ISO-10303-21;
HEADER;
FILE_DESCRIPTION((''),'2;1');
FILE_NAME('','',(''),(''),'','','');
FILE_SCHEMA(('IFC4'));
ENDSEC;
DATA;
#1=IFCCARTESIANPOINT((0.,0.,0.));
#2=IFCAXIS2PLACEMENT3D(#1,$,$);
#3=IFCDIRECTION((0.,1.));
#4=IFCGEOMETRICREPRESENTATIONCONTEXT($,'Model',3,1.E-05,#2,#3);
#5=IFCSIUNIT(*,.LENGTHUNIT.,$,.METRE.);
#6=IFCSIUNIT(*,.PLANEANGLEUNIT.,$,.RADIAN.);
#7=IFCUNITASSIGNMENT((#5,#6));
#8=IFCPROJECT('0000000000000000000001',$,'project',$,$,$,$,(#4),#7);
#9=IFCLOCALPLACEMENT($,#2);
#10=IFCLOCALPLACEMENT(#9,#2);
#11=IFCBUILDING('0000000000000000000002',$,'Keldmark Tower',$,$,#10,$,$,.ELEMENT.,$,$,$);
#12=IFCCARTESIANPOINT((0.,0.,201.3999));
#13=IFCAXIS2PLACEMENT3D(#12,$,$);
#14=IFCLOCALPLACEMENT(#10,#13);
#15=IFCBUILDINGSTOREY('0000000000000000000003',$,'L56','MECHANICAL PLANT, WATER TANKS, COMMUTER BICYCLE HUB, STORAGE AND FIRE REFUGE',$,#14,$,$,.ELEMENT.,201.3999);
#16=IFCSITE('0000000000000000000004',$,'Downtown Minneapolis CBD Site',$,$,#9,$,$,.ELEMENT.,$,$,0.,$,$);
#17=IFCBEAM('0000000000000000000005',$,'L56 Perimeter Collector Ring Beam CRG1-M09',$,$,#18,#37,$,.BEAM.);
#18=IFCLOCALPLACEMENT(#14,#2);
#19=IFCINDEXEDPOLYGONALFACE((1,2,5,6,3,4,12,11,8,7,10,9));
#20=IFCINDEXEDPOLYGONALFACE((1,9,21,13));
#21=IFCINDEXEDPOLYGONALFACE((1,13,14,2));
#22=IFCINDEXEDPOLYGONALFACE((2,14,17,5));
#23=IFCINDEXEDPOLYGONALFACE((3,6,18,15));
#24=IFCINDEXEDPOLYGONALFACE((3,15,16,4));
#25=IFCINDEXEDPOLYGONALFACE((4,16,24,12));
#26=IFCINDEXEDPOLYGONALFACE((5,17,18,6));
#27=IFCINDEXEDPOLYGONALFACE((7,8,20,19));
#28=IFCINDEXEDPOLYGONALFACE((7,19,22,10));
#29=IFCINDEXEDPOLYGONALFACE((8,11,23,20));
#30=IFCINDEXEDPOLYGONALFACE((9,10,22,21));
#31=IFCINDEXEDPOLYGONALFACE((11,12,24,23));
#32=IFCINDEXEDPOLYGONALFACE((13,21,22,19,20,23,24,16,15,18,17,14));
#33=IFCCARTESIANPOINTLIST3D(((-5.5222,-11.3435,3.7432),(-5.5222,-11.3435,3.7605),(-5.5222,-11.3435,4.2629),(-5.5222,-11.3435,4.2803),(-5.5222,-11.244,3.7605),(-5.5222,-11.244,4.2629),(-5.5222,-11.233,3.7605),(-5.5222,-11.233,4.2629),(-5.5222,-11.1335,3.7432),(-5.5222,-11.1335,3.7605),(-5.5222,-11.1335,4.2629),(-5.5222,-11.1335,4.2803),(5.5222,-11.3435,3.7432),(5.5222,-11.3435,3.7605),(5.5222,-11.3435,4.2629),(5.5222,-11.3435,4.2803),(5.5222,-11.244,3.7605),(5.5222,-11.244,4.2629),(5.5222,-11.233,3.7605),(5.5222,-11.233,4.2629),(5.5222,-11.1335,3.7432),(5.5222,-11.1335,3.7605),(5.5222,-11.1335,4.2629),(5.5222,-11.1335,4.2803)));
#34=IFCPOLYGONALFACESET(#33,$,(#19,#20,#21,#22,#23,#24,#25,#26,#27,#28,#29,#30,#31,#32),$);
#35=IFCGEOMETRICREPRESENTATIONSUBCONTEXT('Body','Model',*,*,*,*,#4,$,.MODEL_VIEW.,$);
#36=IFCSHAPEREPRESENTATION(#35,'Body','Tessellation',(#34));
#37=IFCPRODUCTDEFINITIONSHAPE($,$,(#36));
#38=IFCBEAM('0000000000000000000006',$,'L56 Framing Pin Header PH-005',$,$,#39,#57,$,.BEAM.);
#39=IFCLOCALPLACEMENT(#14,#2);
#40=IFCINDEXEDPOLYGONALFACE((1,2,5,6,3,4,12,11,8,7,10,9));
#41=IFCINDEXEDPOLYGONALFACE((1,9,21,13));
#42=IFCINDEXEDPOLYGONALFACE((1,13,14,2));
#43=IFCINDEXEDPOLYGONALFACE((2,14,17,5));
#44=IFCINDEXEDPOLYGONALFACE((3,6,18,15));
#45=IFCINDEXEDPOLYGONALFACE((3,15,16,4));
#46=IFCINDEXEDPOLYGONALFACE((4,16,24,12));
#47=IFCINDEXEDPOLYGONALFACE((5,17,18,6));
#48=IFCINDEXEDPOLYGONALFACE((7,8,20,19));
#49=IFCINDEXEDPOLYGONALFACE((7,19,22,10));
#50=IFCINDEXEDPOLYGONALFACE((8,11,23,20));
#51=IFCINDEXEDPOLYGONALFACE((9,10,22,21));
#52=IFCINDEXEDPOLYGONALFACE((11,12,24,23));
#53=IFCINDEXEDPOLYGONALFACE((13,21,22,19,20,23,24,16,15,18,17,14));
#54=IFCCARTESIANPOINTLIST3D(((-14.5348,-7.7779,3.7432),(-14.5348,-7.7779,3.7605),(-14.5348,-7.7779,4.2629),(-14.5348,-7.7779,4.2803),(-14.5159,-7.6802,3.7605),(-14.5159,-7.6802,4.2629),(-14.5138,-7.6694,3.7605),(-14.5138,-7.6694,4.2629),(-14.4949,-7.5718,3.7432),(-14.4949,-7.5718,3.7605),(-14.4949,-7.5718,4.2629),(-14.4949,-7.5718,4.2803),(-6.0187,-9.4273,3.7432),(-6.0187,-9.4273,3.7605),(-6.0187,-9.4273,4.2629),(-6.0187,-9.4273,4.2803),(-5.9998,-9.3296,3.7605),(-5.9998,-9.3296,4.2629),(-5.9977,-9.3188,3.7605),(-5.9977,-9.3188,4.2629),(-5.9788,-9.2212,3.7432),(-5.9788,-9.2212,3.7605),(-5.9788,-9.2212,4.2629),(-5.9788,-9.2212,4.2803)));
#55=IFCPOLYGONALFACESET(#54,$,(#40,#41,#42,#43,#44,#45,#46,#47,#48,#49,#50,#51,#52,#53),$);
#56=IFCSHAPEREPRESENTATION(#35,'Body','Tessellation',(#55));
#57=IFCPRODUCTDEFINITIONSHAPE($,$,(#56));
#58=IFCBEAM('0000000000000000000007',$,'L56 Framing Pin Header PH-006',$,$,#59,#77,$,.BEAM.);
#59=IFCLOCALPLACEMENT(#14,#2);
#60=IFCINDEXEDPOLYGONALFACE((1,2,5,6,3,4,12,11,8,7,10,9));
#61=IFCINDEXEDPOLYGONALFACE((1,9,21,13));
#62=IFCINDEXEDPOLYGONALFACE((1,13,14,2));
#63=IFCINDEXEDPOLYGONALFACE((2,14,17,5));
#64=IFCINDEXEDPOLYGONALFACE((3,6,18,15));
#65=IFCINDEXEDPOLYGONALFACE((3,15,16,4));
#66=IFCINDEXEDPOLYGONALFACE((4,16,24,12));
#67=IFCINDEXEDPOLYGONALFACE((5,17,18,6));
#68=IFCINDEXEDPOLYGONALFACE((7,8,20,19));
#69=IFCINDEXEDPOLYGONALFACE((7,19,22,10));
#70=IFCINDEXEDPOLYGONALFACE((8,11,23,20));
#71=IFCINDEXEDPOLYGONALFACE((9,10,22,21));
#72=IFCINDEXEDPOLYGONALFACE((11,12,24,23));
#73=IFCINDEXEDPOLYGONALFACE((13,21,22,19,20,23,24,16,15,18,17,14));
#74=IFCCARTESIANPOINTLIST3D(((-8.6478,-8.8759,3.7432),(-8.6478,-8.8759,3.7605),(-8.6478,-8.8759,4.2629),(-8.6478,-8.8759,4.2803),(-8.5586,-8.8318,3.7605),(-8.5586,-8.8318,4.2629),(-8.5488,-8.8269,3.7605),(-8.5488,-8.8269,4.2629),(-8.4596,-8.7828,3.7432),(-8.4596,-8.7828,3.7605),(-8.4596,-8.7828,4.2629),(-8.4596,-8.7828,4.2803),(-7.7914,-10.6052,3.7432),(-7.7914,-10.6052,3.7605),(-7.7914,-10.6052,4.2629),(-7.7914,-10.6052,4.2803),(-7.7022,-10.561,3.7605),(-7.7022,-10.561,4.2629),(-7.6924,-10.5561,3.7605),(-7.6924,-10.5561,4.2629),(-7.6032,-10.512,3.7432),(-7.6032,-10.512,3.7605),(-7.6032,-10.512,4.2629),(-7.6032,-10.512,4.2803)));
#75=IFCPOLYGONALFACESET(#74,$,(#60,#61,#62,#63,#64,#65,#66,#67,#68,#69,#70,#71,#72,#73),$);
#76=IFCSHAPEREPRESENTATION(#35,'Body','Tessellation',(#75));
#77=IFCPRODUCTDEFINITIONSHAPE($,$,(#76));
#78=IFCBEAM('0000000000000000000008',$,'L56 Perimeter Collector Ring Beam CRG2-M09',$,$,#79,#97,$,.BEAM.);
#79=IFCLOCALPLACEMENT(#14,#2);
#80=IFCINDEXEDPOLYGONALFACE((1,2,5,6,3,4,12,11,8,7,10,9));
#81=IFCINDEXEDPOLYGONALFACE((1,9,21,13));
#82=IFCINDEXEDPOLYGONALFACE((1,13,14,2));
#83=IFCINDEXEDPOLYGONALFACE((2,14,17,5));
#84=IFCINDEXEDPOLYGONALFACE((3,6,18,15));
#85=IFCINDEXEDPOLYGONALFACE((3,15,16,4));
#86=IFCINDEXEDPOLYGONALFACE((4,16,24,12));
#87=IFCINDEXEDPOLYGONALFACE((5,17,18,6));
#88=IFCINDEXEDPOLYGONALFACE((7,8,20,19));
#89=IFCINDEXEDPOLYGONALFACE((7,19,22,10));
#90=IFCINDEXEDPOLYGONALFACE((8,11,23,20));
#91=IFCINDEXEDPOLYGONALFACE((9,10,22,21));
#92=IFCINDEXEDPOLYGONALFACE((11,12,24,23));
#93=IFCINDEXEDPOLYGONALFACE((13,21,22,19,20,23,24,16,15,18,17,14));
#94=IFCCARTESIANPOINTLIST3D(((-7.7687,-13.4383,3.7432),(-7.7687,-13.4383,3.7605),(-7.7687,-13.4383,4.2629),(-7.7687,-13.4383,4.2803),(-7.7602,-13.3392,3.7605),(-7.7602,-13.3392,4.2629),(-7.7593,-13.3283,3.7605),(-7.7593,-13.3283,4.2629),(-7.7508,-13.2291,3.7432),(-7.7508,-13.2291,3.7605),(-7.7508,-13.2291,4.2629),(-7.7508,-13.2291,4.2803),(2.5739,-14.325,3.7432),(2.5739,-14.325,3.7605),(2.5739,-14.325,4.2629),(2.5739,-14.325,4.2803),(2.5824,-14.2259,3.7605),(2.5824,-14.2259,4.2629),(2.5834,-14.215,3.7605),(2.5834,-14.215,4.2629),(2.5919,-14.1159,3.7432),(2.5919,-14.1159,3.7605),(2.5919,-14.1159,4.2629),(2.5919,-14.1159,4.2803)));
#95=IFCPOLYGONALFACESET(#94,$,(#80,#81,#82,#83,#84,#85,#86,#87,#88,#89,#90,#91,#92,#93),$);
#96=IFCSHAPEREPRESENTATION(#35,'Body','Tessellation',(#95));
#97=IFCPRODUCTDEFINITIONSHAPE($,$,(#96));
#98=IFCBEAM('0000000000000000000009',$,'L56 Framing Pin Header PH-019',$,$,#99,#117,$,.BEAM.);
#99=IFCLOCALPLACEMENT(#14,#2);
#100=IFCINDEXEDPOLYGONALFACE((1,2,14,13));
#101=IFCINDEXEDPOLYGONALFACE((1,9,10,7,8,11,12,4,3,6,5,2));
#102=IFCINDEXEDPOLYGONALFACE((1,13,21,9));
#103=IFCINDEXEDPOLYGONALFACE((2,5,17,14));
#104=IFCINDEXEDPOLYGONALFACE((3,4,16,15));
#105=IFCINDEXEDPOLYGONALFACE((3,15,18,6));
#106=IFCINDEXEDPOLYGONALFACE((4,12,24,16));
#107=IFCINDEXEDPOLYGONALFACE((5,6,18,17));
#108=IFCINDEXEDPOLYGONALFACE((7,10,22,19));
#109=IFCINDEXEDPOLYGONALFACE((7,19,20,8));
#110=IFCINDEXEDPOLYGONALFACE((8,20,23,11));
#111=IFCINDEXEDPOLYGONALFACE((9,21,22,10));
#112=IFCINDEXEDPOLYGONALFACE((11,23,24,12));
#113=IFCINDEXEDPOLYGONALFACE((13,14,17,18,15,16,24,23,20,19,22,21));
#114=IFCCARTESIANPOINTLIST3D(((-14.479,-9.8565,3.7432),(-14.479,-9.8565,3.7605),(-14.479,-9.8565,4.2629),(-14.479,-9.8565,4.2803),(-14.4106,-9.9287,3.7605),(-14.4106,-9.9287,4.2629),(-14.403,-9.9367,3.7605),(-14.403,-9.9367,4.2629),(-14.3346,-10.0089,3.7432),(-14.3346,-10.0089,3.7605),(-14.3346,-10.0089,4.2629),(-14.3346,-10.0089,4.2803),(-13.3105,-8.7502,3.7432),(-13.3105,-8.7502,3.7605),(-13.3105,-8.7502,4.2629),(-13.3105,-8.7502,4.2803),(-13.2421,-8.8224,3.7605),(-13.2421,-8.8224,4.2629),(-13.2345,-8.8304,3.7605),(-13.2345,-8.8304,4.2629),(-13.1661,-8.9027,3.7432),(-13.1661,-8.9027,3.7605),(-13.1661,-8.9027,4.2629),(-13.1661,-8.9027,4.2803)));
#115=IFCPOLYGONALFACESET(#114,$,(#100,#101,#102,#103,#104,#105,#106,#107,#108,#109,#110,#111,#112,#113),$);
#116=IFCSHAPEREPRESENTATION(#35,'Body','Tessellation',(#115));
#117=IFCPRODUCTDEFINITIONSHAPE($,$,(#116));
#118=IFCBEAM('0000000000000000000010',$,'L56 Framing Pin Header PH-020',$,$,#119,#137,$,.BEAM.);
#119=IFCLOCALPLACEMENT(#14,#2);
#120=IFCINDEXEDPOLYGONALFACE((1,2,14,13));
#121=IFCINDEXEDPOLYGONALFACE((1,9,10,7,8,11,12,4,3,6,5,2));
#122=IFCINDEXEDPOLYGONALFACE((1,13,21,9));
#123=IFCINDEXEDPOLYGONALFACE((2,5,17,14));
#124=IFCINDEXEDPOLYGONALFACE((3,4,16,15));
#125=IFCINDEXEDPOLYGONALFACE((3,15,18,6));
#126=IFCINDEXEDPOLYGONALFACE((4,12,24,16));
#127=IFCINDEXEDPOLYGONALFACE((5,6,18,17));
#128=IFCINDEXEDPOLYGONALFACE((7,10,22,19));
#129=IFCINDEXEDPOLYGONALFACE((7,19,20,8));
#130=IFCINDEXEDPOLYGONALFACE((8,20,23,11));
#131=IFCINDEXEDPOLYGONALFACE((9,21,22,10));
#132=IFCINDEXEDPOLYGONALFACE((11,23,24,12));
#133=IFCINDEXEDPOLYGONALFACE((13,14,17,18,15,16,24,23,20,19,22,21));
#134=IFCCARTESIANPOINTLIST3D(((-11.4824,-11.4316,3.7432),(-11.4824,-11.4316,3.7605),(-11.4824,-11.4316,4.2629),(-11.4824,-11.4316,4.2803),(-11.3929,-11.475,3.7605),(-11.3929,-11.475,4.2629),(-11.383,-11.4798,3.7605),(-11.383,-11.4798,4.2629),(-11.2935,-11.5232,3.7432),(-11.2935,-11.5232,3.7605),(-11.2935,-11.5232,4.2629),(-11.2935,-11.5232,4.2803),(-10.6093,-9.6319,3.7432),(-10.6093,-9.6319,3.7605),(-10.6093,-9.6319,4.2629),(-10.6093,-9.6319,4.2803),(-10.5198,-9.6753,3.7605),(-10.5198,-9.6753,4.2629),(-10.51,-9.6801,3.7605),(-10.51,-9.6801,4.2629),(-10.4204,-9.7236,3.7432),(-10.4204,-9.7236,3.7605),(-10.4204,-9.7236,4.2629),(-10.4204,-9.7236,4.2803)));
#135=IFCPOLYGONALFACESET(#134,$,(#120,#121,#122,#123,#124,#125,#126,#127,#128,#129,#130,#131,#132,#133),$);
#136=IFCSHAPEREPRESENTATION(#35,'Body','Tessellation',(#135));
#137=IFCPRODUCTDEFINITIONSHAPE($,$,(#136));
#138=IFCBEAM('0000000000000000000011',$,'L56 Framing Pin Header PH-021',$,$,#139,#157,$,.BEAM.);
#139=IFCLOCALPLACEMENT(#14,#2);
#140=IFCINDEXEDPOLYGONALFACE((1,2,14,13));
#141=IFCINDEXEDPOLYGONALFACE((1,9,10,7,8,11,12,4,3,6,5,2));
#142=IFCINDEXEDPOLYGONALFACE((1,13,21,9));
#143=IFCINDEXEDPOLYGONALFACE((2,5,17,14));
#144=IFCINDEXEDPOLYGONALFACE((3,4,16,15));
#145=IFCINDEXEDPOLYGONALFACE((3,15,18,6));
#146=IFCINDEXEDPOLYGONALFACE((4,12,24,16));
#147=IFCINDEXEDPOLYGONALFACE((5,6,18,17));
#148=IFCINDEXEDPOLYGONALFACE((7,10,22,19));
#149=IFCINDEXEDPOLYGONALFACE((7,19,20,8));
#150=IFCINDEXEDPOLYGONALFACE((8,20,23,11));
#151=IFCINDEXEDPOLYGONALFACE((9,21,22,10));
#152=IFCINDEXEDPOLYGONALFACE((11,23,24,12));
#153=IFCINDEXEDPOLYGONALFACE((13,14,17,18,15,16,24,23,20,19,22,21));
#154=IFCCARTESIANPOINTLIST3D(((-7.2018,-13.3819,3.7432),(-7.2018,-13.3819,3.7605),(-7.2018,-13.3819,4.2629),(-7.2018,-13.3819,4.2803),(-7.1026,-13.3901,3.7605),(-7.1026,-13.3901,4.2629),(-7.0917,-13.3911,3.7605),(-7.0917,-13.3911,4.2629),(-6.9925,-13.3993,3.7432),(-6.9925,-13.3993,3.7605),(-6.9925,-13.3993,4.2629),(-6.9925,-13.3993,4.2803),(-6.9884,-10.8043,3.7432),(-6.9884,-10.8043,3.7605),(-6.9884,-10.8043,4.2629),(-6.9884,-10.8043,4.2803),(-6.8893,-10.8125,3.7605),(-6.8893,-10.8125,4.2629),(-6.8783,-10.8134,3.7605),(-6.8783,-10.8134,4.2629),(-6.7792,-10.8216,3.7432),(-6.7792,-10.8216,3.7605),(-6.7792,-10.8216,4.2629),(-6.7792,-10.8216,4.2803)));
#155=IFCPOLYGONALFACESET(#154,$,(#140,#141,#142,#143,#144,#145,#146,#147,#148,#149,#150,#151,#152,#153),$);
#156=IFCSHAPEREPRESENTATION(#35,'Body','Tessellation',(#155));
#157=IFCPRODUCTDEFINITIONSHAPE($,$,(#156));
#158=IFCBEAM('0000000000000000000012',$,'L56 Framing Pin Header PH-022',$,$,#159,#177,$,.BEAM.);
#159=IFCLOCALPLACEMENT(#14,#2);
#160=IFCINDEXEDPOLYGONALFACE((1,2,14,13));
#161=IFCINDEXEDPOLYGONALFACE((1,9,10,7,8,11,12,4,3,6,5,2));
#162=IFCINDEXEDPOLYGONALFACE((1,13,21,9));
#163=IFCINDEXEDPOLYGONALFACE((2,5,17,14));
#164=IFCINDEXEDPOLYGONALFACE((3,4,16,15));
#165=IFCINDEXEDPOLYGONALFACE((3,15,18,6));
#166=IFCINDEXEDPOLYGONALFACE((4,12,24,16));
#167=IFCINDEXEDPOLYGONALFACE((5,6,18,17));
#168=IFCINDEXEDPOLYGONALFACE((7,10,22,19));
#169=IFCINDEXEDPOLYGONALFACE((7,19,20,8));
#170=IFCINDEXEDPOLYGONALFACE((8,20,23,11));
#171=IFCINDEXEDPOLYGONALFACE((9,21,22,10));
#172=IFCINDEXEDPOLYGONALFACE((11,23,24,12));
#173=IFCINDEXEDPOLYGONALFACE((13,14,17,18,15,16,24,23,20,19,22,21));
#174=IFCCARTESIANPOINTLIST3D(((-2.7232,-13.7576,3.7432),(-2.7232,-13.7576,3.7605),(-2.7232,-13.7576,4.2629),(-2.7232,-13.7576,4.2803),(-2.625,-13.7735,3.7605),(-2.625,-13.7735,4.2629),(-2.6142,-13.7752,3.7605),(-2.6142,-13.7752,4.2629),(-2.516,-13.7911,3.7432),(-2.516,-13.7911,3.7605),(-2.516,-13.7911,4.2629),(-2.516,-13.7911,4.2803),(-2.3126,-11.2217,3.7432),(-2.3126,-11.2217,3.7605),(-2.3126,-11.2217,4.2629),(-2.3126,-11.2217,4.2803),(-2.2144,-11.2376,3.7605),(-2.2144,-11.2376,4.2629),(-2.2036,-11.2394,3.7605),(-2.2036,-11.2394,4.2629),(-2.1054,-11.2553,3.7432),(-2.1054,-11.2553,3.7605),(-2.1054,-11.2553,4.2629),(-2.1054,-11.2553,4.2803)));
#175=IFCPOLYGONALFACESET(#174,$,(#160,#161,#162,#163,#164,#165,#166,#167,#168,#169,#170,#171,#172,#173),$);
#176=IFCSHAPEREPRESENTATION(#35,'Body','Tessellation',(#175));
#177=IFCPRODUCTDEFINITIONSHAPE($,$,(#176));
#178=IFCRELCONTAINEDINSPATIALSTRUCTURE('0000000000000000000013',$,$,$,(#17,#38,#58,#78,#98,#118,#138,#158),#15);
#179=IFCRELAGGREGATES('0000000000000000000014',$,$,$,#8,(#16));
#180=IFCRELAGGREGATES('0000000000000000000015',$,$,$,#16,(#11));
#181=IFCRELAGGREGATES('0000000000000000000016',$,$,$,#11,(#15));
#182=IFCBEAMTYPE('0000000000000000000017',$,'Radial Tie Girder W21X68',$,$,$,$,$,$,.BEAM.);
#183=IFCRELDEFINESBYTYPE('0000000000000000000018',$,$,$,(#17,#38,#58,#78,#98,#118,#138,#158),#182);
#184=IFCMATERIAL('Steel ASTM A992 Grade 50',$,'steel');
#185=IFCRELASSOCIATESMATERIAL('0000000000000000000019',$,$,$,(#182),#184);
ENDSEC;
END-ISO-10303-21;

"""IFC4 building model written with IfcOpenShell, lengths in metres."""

from ifc_helpers import new_model, si_unit, direction, frame, origin, origin_2d, place, context, subcontext, project, spatial, i_section, extrude, material, material_profile, profile_set, type_object, element, save


model = new_model("IFC4")

# Units and contexts
model_context = context("Model", 3, precision=1e-05, world=origin(), true_north=direction((0.0, 1.0)))
body_context = subcontext(model_context, "Body", "Model", "MODEL_VIEW")
ifc_project = project(units=[si_unit("LENGTHUNIT", "METRE"), si_unit("PLANEANGLEUNIT", "RADIAN")], contexts=[model_context])

# Site, building, storey
site_placement = place(None, origin())
site = spatial("IfcSite", under=ifc_project, at=site_placement, Name="Downtown Minneapolis CBD Site", CompositionType="ELEMENT", RefElevation=0.0)
building_placement = place(site_placement, origin())
building = spatial("IfcBuilding", under=site, at=building_placement, Name="Keldmark Tower", CompositionType="ELEMENT")
storey_placement = place(building_placement, frame((0.0, 0.0, 201.3999)))
storey = spatial("IfcBuildingStorey", under=building, at=storey_placement, Name="L56", Description="MECHANICAL PLANT, WATER TANKS, COMMUTER BICYCLE HUB, STORAGE AND FIRE REFUGE", CompositionType="ELEMENT", Elevation=201.3999)

# Beams
ifc_material_1 = material(Name="Steel ASTM A992 Grade 50", Category="steel")
ifc_material_profile_1 = material_profile(ifc_material_1, i_section(OverallWidth=0.21, OverallDepth=0.5371, WebThickness=0.011, FlangeThickness=0.0173, at=origin_2d()), Name="W21X68")
ifc_profile_set_1 = profile_set([ifc_material_profile_1], Name="Steel ASTM A992 Grade 50")
beam_type_1 = type_object("IfcBeamType", Name="Radial Tie Girder W21X68", PredefinedType="BEAM", material=ifc_profile_set_1)
beam_1_placement = place(storey_placement, frame((-5.5222, -11.2385, 4.0117), z_axis=(1.0, 0.0, 0.0), x_axis=(0.0, 1.0, 0.0)))
element("IfcBeam", 1, at=beam_1_placement, inside=storey, type_object=beam_type_1, Name="L56 Perimeter Collector Ring Beam CRG1-M09", PredefinedType="BEAM", context=body_context, shape_type="SweptSolid", body=[
    extrude(i_section(OverallWidth=0.21, OverallDepth=0.5371, WebThickness=0.011, FlangeThickness=0.0173, at=origin_2d()), origin(), (0.0, 0.0, 1.0), 11.0444),
])
beam_2_placement = place(storey_placement, frame((-5.9988, -9.3242, 4.0117), z_axis=(-0.981755, 0.190148, 0.0), x_axis=(-0.190148, -0.981755, 0.0)))
element("IfcBeam", 2, at=beam_2_placement, inside=storey, type_object=beam_type_1, Name="L56 Framing Pin Header PH-005", PredefinedType="BEAM", context=body_context, shape_type="SweptSolid", body=[
    extrude(i_section(OverallWidth=0.21, OverallDepth=0.5371, WebThickness=0.011, FlangeThickness=0.0173, at=origin_2d()), origin(), (0.0, 0.0, 1.0), 8.6743),
])
beam_3_placement = place(storey_placement, frame((-8.5537, -8.8293, 4.0117), z_axis=(0.44382, -0.896116, 0.0), x_axis=(0.896116, 0.44382, 0.0)))
element("IfcBeam", 3, at=beam_3_placement, inside=storey, type_object=beam_type_1, Name="L56 Framing Pin Header PH-006", PredefinedType="BEAM", context=body_context, shape_type="SweptSolid", body=[
    extrude(i_section(OverallWidth=0.21, OverallDepth=0.5371, WebThickness=0.011, FlangeThickness=0.0173, at=origin_2d()), origin(), (0.0, 0.0, 1.0), 1.9297),
])
beam_4_placement = place(storey_placement, frame((-7.7598, -13.3337, 4.0117), z_axis=(0.996345, -0.08542, 0.0), x_axis=(0.08542, 0.996345, 0.0)))
element("IfcBeam", 4, at=beam_4_placement, inside=storey, type_object=beam_type_1, Name="L56 Perimeter Collector Ring Beam CRG2-M09", PredefinedType="BEAM", context=body_context, shape_type="SweptSolid", body=[
    extrude(i_section(OverallWidth=0.21, OverallDepth=0.5371, WebThickness=0.011, FlangeThickness=0.0173, at=origin_2d()), origin(), (0.0, 0.0, 1.0), 10.3806),
])
beam_5_placement = place(storey_placement, frame((-13.2383, -8.8264, 4.0117), z_axis=(-0.726188, -0.687496, 0.0), x_axis=(0.687496, -0.726188, 0.0)))
element("IfcBeam", 5, at=beam_5_placement, inside=storey, type_object=beam_type_1, Name="L56 Framing Pin Header PH-019", PredefinedType="BEAM", context=body_context, shape_type="SweptSolid", body=[
    extrude(i_section(OverallWidth=0.21, OverallDepth=0.5371, WebThickness=0.011, FlangeThickness=0.0173, at=origin_2d()), origin(), (0.0, 0.0, 1.0), 1.6091),
])
beam_6_placement = place(storey_placement, frame((-10.5149, -9.6777, 4.0117), z_axis=(-0.436489, -0.89971, 0.0), x_axis=(0.89971, -0.436489, 0.0)))
element("IfcBeam", 6, at=beam_6_placement, inside=storey, type_object=beam_type_1, Name="L56 Framing Pin Header PH-020", PredefinedType="BEAM", context=body_context, shape_type="SweptSolid", body=[
    extrude(i_section(OverallWidth=0.21, OverallDepth=0.5371, WebThickness=0.011, FlangeThickness=0.0173, at=origin_2d()), origin(), (0.0, 0.0, 1.0), 2.0002),
])
beam_7_placement = place(storey_placement, frame((-6.8838, -10.813, 4.0117), z_axis=(-0.082499, -0.996591, 0.0), x_axis=(0.996591, -0.082499, 0.0)))
element("IfcBeam", 7, at=beam_7_placement, inside=storey, type_object=beam_type_1, Name="L56 Framing Pin Header PH-021", PredefinedType="BEAM", context=body_context, shape_type="SweptSolid", body=[
    extrude(i_section(OverallWidth=0.21, OverallDepth=0.5371, WebThickness=0.011, FlangeThickness=0.0173, at=origin_2d()), origin(), (0.0, 0.0, 1.0), 2.5864),
])
beam_8_placement = place(storey_placement, frame((-2.209, -11.2385, 4.0117), z_axis=(-0.159851, -0.987141, 0.0), x_axis=(0.987141, -0.159851, 0.0)))
element("IfcBeam", 8, at=beam_8_placement, inside=storey, type_object=beam_type_1, Name="L56 Framing Pin Header PH-022", PredefinedType="BEAM", context=body_context, shape_type="SweptSolid", body=[
    extrude(i_section(OverallWidth=0.21, OverallDepth=0.5371, WebThickness=0.011, FlangeThickness=0.0173, at=origin_2d()), origin(), (0.0, 0.0, 1.0), 2.5688),
])

save(model, "model.ifc")
